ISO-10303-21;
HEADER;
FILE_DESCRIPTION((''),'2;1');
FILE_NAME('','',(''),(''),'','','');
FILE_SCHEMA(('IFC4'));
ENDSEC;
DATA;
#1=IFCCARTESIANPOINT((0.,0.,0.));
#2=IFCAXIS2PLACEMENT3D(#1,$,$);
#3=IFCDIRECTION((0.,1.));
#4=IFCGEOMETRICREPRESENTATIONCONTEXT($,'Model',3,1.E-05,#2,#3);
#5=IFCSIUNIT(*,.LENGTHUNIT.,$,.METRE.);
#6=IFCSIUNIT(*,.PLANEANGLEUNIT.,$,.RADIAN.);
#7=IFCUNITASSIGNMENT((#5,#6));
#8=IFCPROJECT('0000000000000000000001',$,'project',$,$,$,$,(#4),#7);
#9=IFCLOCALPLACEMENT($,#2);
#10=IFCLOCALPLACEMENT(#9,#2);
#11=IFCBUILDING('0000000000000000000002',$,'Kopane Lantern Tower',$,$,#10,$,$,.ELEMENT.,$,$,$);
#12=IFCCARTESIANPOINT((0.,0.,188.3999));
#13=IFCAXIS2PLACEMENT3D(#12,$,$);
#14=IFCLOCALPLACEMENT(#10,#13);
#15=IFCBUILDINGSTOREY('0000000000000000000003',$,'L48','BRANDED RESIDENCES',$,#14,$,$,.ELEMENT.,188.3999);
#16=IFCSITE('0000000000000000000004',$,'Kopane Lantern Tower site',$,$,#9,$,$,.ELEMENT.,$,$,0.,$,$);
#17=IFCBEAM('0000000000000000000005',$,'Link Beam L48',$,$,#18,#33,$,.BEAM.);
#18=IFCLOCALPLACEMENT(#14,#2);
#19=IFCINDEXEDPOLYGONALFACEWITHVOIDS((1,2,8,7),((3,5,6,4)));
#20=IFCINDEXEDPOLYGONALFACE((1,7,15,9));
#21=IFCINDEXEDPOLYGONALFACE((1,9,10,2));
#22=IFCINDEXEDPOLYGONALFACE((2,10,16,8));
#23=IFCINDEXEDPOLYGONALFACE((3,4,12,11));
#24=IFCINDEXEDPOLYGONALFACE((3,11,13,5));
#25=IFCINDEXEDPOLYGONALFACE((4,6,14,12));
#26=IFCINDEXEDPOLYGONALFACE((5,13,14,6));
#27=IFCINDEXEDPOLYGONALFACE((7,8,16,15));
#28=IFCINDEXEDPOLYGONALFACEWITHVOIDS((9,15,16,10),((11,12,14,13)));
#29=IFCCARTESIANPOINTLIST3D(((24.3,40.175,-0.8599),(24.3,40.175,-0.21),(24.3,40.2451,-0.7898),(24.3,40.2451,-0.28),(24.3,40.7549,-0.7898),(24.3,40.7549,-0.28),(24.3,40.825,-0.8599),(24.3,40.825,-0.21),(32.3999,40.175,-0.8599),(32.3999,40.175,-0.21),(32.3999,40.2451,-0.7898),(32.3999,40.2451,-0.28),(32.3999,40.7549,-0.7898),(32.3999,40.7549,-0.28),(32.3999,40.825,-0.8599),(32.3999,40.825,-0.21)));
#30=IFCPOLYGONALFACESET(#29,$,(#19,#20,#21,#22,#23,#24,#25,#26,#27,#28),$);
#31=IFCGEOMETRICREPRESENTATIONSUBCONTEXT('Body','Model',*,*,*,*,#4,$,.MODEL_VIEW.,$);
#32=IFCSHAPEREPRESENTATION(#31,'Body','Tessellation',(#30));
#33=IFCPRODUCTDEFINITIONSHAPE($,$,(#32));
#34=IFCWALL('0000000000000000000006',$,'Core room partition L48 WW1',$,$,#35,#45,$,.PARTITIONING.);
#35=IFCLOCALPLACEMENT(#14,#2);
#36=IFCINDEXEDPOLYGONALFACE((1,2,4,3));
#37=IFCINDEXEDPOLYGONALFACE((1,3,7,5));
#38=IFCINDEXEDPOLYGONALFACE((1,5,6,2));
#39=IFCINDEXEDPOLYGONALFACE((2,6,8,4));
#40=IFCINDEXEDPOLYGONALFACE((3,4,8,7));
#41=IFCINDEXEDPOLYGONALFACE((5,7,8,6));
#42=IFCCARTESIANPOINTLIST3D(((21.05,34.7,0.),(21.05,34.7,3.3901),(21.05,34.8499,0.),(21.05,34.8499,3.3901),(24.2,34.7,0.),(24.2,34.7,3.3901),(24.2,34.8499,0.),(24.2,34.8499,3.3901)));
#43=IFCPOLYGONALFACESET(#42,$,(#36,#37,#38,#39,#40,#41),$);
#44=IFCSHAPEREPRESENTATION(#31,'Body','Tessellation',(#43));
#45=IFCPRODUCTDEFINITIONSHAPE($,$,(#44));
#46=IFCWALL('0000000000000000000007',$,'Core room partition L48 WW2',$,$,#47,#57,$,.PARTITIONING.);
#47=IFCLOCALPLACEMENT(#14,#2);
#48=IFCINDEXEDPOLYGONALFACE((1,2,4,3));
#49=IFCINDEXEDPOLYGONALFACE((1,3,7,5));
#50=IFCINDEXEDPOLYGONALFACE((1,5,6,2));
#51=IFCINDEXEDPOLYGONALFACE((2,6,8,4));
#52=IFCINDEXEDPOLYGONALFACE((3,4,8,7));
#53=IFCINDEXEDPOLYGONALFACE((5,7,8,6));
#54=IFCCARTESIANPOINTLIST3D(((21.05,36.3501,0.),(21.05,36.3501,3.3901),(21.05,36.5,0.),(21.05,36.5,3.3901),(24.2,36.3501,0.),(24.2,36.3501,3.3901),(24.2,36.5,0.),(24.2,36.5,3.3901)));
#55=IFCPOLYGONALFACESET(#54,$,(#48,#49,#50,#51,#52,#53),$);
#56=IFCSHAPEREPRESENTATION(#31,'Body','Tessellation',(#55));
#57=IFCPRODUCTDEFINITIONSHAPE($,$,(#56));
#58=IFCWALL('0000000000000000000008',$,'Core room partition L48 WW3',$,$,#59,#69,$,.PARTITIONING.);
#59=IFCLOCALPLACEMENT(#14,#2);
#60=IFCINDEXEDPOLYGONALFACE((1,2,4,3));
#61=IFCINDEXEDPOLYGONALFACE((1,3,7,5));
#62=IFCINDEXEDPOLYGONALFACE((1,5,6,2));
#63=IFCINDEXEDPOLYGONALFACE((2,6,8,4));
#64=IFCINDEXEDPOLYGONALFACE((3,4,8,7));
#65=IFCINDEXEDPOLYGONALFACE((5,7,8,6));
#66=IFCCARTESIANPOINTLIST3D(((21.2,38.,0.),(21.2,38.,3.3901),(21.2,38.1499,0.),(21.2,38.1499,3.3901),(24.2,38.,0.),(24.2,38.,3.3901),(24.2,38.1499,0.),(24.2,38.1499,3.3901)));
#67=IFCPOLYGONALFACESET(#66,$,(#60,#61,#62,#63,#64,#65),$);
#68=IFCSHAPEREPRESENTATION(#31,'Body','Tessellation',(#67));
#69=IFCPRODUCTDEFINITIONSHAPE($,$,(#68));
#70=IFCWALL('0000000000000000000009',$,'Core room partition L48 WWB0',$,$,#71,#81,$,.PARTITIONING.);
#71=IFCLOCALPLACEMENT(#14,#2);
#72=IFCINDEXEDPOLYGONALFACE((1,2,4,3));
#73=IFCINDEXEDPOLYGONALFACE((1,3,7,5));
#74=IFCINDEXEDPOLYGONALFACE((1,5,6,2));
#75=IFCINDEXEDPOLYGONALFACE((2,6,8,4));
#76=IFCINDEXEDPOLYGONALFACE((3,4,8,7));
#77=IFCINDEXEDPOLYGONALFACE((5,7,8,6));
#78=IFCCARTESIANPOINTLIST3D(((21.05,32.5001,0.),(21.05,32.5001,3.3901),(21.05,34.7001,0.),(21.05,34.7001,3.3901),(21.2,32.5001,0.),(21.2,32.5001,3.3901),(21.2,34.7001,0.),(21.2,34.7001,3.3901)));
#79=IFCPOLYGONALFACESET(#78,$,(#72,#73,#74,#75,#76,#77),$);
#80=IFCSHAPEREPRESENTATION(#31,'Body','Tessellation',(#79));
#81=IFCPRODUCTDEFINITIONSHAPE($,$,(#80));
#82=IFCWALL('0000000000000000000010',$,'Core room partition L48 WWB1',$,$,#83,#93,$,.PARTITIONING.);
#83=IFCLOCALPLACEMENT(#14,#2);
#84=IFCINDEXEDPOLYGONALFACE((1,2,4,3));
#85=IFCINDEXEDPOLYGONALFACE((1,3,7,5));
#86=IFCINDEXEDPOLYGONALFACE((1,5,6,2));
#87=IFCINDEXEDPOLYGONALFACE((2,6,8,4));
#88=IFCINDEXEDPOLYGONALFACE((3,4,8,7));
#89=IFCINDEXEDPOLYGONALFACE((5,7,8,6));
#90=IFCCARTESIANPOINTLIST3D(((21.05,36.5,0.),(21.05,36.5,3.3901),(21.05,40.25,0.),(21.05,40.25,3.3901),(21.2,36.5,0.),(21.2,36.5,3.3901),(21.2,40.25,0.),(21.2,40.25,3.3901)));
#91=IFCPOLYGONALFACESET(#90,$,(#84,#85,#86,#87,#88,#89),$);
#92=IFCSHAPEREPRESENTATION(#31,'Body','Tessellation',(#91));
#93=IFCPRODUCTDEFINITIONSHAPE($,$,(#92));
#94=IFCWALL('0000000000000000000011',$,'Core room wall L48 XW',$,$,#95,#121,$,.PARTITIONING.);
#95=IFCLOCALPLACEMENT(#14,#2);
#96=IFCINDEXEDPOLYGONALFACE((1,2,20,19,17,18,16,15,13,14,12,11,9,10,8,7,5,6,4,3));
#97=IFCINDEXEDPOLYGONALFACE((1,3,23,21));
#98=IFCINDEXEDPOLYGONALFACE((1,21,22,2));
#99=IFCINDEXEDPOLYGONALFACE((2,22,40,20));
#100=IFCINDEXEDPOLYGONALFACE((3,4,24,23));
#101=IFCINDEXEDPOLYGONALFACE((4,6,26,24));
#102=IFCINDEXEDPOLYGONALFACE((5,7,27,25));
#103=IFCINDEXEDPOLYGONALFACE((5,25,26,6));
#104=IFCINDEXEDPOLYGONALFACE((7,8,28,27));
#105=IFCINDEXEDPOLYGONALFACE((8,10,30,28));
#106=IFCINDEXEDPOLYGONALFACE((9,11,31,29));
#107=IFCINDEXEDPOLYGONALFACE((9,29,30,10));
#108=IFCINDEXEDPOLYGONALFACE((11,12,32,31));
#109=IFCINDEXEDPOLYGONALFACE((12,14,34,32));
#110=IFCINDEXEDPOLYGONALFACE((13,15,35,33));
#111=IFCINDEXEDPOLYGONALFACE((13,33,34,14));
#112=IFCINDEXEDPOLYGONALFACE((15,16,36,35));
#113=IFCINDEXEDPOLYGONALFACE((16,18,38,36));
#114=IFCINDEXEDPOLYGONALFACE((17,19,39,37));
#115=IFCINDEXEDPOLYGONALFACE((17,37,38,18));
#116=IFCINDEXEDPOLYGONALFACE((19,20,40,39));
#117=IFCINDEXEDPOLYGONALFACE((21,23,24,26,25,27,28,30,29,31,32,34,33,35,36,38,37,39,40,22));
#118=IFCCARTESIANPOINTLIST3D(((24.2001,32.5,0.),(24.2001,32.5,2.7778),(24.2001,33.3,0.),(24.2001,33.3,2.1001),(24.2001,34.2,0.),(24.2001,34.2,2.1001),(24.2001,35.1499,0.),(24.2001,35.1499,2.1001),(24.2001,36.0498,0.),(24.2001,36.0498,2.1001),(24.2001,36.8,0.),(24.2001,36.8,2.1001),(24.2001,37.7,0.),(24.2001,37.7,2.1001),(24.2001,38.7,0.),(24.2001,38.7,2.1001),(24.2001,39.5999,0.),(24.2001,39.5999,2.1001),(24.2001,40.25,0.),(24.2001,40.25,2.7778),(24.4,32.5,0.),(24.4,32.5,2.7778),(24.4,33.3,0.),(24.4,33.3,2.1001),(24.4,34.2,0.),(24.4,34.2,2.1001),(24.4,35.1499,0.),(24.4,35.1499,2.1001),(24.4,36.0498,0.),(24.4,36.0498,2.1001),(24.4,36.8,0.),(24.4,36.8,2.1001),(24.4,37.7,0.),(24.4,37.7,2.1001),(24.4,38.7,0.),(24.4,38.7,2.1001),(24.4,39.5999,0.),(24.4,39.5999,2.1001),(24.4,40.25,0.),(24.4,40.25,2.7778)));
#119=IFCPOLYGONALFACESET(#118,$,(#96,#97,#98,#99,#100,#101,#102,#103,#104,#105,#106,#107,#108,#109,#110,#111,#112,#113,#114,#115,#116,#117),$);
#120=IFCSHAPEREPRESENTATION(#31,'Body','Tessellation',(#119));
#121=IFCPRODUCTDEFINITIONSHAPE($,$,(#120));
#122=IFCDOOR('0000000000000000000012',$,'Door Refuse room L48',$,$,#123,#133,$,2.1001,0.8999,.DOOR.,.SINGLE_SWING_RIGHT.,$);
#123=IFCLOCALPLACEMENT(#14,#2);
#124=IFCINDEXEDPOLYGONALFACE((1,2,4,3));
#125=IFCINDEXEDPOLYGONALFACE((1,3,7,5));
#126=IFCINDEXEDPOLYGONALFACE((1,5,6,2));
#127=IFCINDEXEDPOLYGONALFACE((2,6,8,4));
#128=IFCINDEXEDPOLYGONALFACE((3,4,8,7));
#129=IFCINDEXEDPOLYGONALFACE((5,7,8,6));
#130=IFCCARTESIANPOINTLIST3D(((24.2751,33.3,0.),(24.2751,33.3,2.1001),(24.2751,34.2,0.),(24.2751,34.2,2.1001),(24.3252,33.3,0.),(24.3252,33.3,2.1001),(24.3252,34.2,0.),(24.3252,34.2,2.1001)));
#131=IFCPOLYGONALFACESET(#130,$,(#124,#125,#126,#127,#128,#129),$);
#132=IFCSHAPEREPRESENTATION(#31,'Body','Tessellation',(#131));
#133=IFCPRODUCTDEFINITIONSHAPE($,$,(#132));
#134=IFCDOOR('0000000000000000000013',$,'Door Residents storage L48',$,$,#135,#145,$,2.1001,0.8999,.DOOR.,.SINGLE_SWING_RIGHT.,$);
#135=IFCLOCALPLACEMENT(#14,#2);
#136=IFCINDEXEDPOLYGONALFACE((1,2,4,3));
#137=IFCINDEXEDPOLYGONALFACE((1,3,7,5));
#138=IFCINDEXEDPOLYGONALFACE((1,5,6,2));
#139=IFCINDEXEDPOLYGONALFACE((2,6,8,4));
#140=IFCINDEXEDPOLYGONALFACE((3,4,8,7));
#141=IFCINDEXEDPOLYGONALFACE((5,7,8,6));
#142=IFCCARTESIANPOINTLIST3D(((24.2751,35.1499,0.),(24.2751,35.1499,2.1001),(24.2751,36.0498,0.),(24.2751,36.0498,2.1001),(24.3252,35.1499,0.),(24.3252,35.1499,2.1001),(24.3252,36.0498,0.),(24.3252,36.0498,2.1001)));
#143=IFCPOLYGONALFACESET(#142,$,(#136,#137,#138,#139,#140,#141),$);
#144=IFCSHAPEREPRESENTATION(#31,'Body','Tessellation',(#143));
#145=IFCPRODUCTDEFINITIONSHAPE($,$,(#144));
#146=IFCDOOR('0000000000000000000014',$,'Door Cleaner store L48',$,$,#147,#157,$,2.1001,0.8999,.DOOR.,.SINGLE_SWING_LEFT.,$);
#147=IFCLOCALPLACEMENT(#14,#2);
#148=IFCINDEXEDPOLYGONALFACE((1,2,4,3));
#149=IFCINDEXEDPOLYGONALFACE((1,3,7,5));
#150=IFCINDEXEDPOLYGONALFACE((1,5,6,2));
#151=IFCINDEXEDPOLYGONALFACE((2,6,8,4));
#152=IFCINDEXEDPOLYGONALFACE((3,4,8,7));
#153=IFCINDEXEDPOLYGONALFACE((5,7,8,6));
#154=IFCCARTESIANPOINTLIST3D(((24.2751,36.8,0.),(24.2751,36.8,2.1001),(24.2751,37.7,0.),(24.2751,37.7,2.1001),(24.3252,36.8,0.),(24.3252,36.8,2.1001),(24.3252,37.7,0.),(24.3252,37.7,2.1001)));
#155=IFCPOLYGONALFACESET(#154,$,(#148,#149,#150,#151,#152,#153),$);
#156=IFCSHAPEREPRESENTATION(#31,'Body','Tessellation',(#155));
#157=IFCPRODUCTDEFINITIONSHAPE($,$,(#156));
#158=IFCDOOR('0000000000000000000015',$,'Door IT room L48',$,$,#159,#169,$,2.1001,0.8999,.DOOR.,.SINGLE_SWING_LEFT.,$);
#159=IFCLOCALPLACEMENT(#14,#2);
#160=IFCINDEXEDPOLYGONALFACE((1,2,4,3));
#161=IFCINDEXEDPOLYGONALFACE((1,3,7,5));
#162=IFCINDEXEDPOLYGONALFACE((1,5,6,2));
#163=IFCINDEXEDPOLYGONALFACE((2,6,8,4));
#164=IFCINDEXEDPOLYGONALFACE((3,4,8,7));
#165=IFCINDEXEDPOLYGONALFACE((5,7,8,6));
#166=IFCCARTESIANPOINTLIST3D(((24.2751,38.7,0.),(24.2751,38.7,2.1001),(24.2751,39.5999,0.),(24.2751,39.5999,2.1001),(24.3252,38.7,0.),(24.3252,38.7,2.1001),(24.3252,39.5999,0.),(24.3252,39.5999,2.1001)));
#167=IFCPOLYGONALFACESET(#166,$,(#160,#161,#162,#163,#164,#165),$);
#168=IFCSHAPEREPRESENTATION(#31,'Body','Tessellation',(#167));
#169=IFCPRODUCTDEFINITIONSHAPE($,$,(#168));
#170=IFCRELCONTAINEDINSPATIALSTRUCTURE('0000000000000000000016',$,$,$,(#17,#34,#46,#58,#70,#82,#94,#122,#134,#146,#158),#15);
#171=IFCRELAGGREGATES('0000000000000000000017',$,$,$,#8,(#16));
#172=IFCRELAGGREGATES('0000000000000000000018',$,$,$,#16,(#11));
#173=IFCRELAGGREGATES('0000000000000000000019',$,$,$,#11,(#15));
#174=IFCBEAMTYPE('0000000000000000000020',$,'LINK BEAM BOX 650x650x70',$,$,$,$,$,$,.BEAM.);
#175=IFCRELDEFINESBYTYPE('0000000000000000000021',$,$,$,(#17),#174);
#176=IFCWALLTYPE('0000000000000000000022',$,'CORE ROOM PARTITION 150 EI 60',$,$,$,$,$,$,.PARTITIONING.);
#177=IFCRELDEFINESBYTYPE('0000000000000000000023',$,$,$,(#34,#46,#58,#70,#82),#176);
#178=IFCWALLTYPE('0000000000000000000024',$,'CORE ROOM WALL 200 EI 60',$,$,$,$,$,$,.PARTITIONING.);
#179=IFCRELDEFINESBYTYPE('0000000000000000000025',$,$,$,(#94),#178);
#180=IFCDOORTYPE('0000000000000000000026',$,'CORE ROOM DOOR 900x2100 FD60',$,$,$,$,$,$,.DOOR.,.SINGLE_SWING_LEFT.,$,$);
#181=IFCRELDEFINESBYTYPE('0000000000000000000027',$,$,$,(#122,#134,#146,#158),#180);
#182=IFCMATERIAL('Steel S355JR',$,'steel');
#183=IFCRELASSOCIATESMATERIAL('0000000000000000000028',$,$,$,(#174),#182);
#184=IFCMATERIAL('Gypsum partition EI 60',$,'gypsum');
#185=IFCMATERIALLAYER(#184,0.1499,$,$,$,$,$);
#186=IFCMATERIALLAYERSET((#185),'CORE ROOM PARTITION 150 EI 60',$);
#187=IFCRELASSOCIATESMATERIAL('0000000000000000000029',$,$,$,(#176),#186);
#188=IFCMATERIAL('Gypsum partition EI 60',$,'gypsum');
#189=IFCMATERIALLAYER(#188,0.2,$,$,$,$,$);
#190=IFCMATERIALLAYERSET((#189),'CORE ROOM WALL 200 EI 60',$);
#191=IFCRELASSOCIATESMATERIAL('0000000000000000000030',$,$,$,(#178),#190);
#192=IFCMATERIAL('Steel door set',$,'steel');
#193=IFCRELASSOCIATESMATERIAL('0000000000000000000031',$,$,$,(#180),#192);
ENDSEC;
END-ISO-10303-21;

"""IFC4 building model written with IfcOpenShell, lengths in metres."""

from ifc_helpers import new_model, si_unit, direction, frame, frame_2d, origin, origin_2d, place, context, subcontext, project, spatial, rectangle, hollow_rectangle, extrude, material, layer, layer_set, material_profile, profile_set, type_object, element, fill, save


model = new_model("IFC4")

# Units and contexts
model_context = context("Model", 3, precision=1e-05, world=origin(), true_north=direction((0.0, 1.0)))
body_context = subcontext(model_context, "Body", "Model", "MODEL_VIEW")
ifc_project = project(units=[si_unit("LENGTHUNIT", "METRE"), si_unit("PLANEANGLEUNIT", "RADIAN")], contexts=[model_context])

# Site, building, storey
site_placement = place(None, origin())
site = spatial("IfcSite", under=ifc_project, at=site_placement, Name="Kopane Lantern Tower site", CompositionType="ELEMENT", RefElevation=0.0)
building_placement = place(site_placement, origin())
building = spatial("IfcBuilding", under=site, at=building_placement, Name="Kopane Lantern Tower", CompositionType="ELEMENT")
storey_placement = place(building_placement, frame((0.0, 0.0, 188.3999)))
storey = spatial("IfcBuildingStorey", under=building, at=storey_placement, Name="L48", Description="BRANDED RESIDENCES", CompositionType="ELEMENT", Elevation=188.3999)

# Beam
ifc_material_1 = material(Name="Steel S355JR", Category="steel")
ifc_material_profile_1 = material_profile(ifc_material_1, hollow_rectangle(XDim=0.6499, YDim=0.6499, WallThickness=0.0701, at=origin_2d()), Name="BOX 650x650x70")
ifc_profile_set_1 = profile_set([ifc_material_profile_1], Name="Steel S355JR")
beam_type_1 = type_object("IfcBeamType", Name="LINK BEAM BOX 650x650x70", PredefinedType="BEAM", material=ifc_profile_set_1)
beam_1_placement = place(storey_placement, frame((24.3, 40.5, -0.5349), z_axis=(1.0, 0.0, 0.0), x_axis=(0.0, 1.0, 0.0)))
element("IfcBeam", 1, at=beam_1_placement, inside=storey, type_object=beam_type_1, Name="Link Beam L48", PredefinedType="BEAM", context=body_context, shape_type="SweptSolid", body=[
    extrude(hollow_rectangle(XDim=0.6499, YDim=0.6499, WallThickness=0.0701, at=origin_2d()), origin(), (0.0, 0.0, 1.0), 8.0999),
])

# Walls
ifc_material_2 = material(Name="Gypsum partition EI 60", Category="gypsum")
ifc_layer_1 = layer(ifc_material_2, 0.1499)
ifc_layer_set_1 = layer_set([ifc_layer_1], Name="CORE ROOM PARTITION 150 EI 60")
wall_type_1 = type_object("IfcWallType", Name="CORE ROOM PARTITION 150 EI 60", PredefinedType="PARTITIONING", material=ifc_layer_set_1)
for number, where, z_axis, x_axis, name in (
    (2, (21.05, 34.7749, 0.0), (0.0, 0.0, 1.0), (1.0, 0.0, 0.0), "Core room partition L48 WW1"),
    (3, (21.05, 36.425, 0.0), (0.0, 0.0, 1.0), (1.0, 0.0, 0.0), "Core room partition L48 WW2"),
):
    element("IfcWall", number, at=place(storey_placement, frame(where, z_axis=z_axis, x_axis=x_axis)), inside=storey, type_object=wall_type_1, Name=name, PredefinedType="PARTITIONING", context=body_context, shape_type="SweptSolid", body=[
        extrude(rectangle(XDim=3.1499, YDim=0.1499, at=frame_2d((1.575, 0.0))), origin(), (0.0, 0.0, 1.0), 3.3901),
    ])
wall_1_placement = place(storey_placement, frame((21.2, 38.075, 0.0), z_axis=(0.0, 0.0, 1.0), x_axis=(1.0, 0.0, 0.0)))
element("IfcWall", 4, at=wall_1_placement, inside=storey, type_object=wall_type_1, Name="Core room partition L48 WW3", PredefinedType="PARTITIONING", context=body_context, shape_type="SweptSolid", body=[
    extrude(rectangle(XDim=3.0, YDim=0.1499, at=frame_2d((1.5, 0.0))), origin(), (0.0, 0.0, 1.0), 3.3901),
])
wall_2_placement = place(storey_placement, frame((21.125, 32.5, 0.0), z_axis=(0.0, 0.0, 1.0), x_axis=(0.0, 1.0, 0.0)))
element("IfcWall", 5, at=wall_2_placement, inside=storey, type_object=wall_type_1, Name="Core room partition L48 WWB0", PredefinedType="PARTITIONING", context=body_context, shape_type="SweptSolid", body=[
    extrude(rectangle(XDim=2.2, YDim=0.1499, at=frame_2d((1.1001, 0.0))), origin(), (0.0, 0.0, 1.0), 3.3901),
])
wall_3_placement = place(storey_placement, frame((21.125, 36.5, 0.0), z_axis=(0.0, 0.0, 1.0), x_axis=(0.0, 1.0, 0.0)))
element("IfcWall", 6, at=wall_3_placement, inside=storey, type_object=wall_type_1, Name="Core room partition L48 WWB1", PredefinedType="PARTITIONING", context=body_context, shape_type="SweptSolid", body=[
    extrude(rectangle(XDim=3.75, YDim=0.1499, at=frame_2d((1.875, 0.0))), origin(), (0.0, 0.0, 1.0), 3.3901),
])

# Wall, openings, doors
ifc_material_3 = material(Name="Gypsum partition EI 60", Category="gypsum")
ifc_layer_2 = layer(ifc_material_3, 0.2)
ifc_layer_set_2 = layer_set([ifc_layer_2], Name="CORE ROOM WALL 200 EI 60")
wall_type_2 = type_object("IfcWallType", Name="CORE ROOM WALL 200 EI 60", PredefinedType="PARTITIONING", material=ifc_layer_set_2)
wall_4_placement = place(storey_placement, frame((24.3, 32.5, 0.0), z_axis=(0.0, 0.0, 1.0), x_axis=(0.0, 1.0, 0.0)))
wall_4 = element("IfcWall", 7, at=wall_4_placement, inside=storey, type_object=wall_type_2, Name="Core room wall L48 XW", PredefinedType="PARTITIONING", context=body_context, shape_type="SweptSolid", body=[
    extrude(rectangle(XDim=7.75, YDim=0.2, at=frame_2d((3.875, 0.0))), origin(), (0.0, 0.0, 1.0), 2.7778),
])
opening_1_placement = place(wall_4_placement, frame((0.8, 0.0, 0.0)))
opening_1 = element("IfcOpeningElement", 8, at=opening_1_placement, cuts=wall_4, PredefinedType="OPENING", context=body_context, shape_type="SweptSolid", body=[
    extrude(rectangle(XDim=0.8999, YDim=2.1001, at=frame_2d((0.45, 1.05))), frame((0.0, 0.1099, 0.0), z_axis=(0.0, -1.0, 0.0), x_axis=(1.0, 0.0, 0.0)), (0.0, 0.0, 1.0), 0.22),
])
opening_2_placement = place(wall_4_placement, frame((2.6499, 0.0, 0.0)))
opening_2 = element("IfcOpeningElement", 9, at=opening_2_placement, cuts=wall_4, PredefinedType="OPENING", context=body_context, shape_type="SweptSolid", body=[
    extrude(rectangle(XDim=0.8999, YDim=2.1001, at=frame_2d((0.45, 1.05))), frame((0.0, 0.1099, 0.0), z_axis=(0.0, -1.0, 0.0), x_axis=(1.0, 0.0, 0.0)), (0.0, 0.0, 1.0), 0.22),
])
opening_3_placement = place(wall_4_placement, frame((4.3, 0.0, 0.0)))
opening_3 = element("IfcOpeningElement", 10, at=opening_3_placement, cuts=wall_4, PredefinedType="OPENING", context=body_context, shape_type="SweptSolid", body=[
    extrude(rectangle(XDim=0.8999, YDim=2.1001, at=frame_2d((0.45, 1.05))), frame((0.0, 0.1099, 0.0), z_axis=(0.0, -1.0, 0.0), x_axis=(1.0, 0.0, 0.0)), (0.0, 0.0, 1.0), 0.22),
])
opening_4_placement = place(wall_4_placement, frame((6.2, 0.0, 0.0)))
opening_4 = element("IfcOpeningElement", 11, at=opening_4_placement, cuts=wall_4, PredefinedType="OPENING", context=body_context, shape_type="SweptSolid", body=[
    extrude(rectangle(XDim=0.8999, YDim=2.1001, at=frame_2d((0.45, 1.05))), frame((0.0, 0.1099, 0.0), z_axis=(0.0, -1.0, 0.0), x_axis=(1.0, 0.0, 0.0)), (0.0, 0.0, 1.0), 0.22),
])
ifc_material_4 = material(Name="Steel door set", Category="steel")
door_type_1 = type_object("IfcDoorType", Name="CORE ROOM DOOR 900x2100 FD60", OperationType="SINGLE_SWING_LEFT", PredefinedType="DOOR", material=ifc_material_4)
door_1_placement = place(opening_1_placement, origin())
door_1 = element("IfcDoor", 12, at=door_1_placement, inside=storey, type_object=door_type_1, Name="Door Refuse room L48", OperationType="SINGLE_SWING_RIGHT", OverallHeight=2.1001, OverallWidth=0.8999, PredefinedType="DOOR", context=body_context, shape_type="SweptSolid", body=[
    extrude(rectangle(XDim=0.8999, YDim=2.1001, at=frame_2d((0.45, 1.05))), frame((0.0, 0.0249, 0.0), z_axis=(0.0, -1.0, 0.0), x_axis=(1.0, 0.0, 0.0)), (0.0, 0.0, 1.0), 0.05),
])
fill(opening_1, door_1)
door_2_placement = place(opening_2_placement, origin())
door_2 = element("IfcDoor", 13, at=door_2_placement, inside=storey, type_object=door_type_1, Name="Door Residents storage L48", OperationType="SINGLE_SWING_RIGHT", OverallHeight=2.1001, OverallWidth=0.8999, PredefinedType="DOOR", context=body_context, shape_type="SweptSolid", body=[
    extrude(rectangle(XDim=0.8999, YDim=2.1001, at=frame_2d((0.45, 1.05))), frame((0.0, 0.0249, 0.0), z_axis=(0.0, -1.0, 0.0), x_axis=(1.0, 0.0, 0.0)), (0.0, 0.0, 1.0), 0.05),
])
fill(opening_2, door_2)
door_3_placement = place(opening_3_placement, origin())
door_3 = element("IfcDoor", 14, at=door_3_placement, inside=storey, type_object=door_type_1, Name="Door Cleaner store L48", OperationType="SINGLE_SWING_LEFT", OverallHeight=2.1001, OverallWidth=0.8999, PredefinedType="DOOR", context=body_context, shape_type="SweptSolid", body=[
    extrude(rectangle(XDim=0.8999, YDim=2.1001, at=frame_2d((0.45, 1.05))), frame((0.0, 0.0249, 0.0), z_axis=(0.0, -1.0, 0.0), x_axis=(1.0, 0.0, 0.0)), (0.0, 0.0, 1.0), 0.05),
])
fill(opening_3, door_3)
door_4_placement = place(opening_4_placement, origin())
door_4 = element("IfcDoor", 15, at=door_4_placement, inside=storey, type_object=door_type_1, Name="Door IT room L48", OperationType="SINGLE_SWING_LEFT", OverallHeight=2.1001, OverallWidth=0.8999, PredefinedType="DOOR", context=body_context, shape_type="SweptSolid", body=[
    extrude(rectangle(XDim=0.8999, YDim=2.1001, at=frame_2d((0.45, 1.05))), frame((0.0, 0.0249, 0.0), z_axis=(0.0, -1.0, 0.0), x_axis=(1.0, 0.0, 0.0)), (0.0, 0.0, 1.0), 0.05),
])
fill(opening_4, door_4)

save(model, "model.ifc")
